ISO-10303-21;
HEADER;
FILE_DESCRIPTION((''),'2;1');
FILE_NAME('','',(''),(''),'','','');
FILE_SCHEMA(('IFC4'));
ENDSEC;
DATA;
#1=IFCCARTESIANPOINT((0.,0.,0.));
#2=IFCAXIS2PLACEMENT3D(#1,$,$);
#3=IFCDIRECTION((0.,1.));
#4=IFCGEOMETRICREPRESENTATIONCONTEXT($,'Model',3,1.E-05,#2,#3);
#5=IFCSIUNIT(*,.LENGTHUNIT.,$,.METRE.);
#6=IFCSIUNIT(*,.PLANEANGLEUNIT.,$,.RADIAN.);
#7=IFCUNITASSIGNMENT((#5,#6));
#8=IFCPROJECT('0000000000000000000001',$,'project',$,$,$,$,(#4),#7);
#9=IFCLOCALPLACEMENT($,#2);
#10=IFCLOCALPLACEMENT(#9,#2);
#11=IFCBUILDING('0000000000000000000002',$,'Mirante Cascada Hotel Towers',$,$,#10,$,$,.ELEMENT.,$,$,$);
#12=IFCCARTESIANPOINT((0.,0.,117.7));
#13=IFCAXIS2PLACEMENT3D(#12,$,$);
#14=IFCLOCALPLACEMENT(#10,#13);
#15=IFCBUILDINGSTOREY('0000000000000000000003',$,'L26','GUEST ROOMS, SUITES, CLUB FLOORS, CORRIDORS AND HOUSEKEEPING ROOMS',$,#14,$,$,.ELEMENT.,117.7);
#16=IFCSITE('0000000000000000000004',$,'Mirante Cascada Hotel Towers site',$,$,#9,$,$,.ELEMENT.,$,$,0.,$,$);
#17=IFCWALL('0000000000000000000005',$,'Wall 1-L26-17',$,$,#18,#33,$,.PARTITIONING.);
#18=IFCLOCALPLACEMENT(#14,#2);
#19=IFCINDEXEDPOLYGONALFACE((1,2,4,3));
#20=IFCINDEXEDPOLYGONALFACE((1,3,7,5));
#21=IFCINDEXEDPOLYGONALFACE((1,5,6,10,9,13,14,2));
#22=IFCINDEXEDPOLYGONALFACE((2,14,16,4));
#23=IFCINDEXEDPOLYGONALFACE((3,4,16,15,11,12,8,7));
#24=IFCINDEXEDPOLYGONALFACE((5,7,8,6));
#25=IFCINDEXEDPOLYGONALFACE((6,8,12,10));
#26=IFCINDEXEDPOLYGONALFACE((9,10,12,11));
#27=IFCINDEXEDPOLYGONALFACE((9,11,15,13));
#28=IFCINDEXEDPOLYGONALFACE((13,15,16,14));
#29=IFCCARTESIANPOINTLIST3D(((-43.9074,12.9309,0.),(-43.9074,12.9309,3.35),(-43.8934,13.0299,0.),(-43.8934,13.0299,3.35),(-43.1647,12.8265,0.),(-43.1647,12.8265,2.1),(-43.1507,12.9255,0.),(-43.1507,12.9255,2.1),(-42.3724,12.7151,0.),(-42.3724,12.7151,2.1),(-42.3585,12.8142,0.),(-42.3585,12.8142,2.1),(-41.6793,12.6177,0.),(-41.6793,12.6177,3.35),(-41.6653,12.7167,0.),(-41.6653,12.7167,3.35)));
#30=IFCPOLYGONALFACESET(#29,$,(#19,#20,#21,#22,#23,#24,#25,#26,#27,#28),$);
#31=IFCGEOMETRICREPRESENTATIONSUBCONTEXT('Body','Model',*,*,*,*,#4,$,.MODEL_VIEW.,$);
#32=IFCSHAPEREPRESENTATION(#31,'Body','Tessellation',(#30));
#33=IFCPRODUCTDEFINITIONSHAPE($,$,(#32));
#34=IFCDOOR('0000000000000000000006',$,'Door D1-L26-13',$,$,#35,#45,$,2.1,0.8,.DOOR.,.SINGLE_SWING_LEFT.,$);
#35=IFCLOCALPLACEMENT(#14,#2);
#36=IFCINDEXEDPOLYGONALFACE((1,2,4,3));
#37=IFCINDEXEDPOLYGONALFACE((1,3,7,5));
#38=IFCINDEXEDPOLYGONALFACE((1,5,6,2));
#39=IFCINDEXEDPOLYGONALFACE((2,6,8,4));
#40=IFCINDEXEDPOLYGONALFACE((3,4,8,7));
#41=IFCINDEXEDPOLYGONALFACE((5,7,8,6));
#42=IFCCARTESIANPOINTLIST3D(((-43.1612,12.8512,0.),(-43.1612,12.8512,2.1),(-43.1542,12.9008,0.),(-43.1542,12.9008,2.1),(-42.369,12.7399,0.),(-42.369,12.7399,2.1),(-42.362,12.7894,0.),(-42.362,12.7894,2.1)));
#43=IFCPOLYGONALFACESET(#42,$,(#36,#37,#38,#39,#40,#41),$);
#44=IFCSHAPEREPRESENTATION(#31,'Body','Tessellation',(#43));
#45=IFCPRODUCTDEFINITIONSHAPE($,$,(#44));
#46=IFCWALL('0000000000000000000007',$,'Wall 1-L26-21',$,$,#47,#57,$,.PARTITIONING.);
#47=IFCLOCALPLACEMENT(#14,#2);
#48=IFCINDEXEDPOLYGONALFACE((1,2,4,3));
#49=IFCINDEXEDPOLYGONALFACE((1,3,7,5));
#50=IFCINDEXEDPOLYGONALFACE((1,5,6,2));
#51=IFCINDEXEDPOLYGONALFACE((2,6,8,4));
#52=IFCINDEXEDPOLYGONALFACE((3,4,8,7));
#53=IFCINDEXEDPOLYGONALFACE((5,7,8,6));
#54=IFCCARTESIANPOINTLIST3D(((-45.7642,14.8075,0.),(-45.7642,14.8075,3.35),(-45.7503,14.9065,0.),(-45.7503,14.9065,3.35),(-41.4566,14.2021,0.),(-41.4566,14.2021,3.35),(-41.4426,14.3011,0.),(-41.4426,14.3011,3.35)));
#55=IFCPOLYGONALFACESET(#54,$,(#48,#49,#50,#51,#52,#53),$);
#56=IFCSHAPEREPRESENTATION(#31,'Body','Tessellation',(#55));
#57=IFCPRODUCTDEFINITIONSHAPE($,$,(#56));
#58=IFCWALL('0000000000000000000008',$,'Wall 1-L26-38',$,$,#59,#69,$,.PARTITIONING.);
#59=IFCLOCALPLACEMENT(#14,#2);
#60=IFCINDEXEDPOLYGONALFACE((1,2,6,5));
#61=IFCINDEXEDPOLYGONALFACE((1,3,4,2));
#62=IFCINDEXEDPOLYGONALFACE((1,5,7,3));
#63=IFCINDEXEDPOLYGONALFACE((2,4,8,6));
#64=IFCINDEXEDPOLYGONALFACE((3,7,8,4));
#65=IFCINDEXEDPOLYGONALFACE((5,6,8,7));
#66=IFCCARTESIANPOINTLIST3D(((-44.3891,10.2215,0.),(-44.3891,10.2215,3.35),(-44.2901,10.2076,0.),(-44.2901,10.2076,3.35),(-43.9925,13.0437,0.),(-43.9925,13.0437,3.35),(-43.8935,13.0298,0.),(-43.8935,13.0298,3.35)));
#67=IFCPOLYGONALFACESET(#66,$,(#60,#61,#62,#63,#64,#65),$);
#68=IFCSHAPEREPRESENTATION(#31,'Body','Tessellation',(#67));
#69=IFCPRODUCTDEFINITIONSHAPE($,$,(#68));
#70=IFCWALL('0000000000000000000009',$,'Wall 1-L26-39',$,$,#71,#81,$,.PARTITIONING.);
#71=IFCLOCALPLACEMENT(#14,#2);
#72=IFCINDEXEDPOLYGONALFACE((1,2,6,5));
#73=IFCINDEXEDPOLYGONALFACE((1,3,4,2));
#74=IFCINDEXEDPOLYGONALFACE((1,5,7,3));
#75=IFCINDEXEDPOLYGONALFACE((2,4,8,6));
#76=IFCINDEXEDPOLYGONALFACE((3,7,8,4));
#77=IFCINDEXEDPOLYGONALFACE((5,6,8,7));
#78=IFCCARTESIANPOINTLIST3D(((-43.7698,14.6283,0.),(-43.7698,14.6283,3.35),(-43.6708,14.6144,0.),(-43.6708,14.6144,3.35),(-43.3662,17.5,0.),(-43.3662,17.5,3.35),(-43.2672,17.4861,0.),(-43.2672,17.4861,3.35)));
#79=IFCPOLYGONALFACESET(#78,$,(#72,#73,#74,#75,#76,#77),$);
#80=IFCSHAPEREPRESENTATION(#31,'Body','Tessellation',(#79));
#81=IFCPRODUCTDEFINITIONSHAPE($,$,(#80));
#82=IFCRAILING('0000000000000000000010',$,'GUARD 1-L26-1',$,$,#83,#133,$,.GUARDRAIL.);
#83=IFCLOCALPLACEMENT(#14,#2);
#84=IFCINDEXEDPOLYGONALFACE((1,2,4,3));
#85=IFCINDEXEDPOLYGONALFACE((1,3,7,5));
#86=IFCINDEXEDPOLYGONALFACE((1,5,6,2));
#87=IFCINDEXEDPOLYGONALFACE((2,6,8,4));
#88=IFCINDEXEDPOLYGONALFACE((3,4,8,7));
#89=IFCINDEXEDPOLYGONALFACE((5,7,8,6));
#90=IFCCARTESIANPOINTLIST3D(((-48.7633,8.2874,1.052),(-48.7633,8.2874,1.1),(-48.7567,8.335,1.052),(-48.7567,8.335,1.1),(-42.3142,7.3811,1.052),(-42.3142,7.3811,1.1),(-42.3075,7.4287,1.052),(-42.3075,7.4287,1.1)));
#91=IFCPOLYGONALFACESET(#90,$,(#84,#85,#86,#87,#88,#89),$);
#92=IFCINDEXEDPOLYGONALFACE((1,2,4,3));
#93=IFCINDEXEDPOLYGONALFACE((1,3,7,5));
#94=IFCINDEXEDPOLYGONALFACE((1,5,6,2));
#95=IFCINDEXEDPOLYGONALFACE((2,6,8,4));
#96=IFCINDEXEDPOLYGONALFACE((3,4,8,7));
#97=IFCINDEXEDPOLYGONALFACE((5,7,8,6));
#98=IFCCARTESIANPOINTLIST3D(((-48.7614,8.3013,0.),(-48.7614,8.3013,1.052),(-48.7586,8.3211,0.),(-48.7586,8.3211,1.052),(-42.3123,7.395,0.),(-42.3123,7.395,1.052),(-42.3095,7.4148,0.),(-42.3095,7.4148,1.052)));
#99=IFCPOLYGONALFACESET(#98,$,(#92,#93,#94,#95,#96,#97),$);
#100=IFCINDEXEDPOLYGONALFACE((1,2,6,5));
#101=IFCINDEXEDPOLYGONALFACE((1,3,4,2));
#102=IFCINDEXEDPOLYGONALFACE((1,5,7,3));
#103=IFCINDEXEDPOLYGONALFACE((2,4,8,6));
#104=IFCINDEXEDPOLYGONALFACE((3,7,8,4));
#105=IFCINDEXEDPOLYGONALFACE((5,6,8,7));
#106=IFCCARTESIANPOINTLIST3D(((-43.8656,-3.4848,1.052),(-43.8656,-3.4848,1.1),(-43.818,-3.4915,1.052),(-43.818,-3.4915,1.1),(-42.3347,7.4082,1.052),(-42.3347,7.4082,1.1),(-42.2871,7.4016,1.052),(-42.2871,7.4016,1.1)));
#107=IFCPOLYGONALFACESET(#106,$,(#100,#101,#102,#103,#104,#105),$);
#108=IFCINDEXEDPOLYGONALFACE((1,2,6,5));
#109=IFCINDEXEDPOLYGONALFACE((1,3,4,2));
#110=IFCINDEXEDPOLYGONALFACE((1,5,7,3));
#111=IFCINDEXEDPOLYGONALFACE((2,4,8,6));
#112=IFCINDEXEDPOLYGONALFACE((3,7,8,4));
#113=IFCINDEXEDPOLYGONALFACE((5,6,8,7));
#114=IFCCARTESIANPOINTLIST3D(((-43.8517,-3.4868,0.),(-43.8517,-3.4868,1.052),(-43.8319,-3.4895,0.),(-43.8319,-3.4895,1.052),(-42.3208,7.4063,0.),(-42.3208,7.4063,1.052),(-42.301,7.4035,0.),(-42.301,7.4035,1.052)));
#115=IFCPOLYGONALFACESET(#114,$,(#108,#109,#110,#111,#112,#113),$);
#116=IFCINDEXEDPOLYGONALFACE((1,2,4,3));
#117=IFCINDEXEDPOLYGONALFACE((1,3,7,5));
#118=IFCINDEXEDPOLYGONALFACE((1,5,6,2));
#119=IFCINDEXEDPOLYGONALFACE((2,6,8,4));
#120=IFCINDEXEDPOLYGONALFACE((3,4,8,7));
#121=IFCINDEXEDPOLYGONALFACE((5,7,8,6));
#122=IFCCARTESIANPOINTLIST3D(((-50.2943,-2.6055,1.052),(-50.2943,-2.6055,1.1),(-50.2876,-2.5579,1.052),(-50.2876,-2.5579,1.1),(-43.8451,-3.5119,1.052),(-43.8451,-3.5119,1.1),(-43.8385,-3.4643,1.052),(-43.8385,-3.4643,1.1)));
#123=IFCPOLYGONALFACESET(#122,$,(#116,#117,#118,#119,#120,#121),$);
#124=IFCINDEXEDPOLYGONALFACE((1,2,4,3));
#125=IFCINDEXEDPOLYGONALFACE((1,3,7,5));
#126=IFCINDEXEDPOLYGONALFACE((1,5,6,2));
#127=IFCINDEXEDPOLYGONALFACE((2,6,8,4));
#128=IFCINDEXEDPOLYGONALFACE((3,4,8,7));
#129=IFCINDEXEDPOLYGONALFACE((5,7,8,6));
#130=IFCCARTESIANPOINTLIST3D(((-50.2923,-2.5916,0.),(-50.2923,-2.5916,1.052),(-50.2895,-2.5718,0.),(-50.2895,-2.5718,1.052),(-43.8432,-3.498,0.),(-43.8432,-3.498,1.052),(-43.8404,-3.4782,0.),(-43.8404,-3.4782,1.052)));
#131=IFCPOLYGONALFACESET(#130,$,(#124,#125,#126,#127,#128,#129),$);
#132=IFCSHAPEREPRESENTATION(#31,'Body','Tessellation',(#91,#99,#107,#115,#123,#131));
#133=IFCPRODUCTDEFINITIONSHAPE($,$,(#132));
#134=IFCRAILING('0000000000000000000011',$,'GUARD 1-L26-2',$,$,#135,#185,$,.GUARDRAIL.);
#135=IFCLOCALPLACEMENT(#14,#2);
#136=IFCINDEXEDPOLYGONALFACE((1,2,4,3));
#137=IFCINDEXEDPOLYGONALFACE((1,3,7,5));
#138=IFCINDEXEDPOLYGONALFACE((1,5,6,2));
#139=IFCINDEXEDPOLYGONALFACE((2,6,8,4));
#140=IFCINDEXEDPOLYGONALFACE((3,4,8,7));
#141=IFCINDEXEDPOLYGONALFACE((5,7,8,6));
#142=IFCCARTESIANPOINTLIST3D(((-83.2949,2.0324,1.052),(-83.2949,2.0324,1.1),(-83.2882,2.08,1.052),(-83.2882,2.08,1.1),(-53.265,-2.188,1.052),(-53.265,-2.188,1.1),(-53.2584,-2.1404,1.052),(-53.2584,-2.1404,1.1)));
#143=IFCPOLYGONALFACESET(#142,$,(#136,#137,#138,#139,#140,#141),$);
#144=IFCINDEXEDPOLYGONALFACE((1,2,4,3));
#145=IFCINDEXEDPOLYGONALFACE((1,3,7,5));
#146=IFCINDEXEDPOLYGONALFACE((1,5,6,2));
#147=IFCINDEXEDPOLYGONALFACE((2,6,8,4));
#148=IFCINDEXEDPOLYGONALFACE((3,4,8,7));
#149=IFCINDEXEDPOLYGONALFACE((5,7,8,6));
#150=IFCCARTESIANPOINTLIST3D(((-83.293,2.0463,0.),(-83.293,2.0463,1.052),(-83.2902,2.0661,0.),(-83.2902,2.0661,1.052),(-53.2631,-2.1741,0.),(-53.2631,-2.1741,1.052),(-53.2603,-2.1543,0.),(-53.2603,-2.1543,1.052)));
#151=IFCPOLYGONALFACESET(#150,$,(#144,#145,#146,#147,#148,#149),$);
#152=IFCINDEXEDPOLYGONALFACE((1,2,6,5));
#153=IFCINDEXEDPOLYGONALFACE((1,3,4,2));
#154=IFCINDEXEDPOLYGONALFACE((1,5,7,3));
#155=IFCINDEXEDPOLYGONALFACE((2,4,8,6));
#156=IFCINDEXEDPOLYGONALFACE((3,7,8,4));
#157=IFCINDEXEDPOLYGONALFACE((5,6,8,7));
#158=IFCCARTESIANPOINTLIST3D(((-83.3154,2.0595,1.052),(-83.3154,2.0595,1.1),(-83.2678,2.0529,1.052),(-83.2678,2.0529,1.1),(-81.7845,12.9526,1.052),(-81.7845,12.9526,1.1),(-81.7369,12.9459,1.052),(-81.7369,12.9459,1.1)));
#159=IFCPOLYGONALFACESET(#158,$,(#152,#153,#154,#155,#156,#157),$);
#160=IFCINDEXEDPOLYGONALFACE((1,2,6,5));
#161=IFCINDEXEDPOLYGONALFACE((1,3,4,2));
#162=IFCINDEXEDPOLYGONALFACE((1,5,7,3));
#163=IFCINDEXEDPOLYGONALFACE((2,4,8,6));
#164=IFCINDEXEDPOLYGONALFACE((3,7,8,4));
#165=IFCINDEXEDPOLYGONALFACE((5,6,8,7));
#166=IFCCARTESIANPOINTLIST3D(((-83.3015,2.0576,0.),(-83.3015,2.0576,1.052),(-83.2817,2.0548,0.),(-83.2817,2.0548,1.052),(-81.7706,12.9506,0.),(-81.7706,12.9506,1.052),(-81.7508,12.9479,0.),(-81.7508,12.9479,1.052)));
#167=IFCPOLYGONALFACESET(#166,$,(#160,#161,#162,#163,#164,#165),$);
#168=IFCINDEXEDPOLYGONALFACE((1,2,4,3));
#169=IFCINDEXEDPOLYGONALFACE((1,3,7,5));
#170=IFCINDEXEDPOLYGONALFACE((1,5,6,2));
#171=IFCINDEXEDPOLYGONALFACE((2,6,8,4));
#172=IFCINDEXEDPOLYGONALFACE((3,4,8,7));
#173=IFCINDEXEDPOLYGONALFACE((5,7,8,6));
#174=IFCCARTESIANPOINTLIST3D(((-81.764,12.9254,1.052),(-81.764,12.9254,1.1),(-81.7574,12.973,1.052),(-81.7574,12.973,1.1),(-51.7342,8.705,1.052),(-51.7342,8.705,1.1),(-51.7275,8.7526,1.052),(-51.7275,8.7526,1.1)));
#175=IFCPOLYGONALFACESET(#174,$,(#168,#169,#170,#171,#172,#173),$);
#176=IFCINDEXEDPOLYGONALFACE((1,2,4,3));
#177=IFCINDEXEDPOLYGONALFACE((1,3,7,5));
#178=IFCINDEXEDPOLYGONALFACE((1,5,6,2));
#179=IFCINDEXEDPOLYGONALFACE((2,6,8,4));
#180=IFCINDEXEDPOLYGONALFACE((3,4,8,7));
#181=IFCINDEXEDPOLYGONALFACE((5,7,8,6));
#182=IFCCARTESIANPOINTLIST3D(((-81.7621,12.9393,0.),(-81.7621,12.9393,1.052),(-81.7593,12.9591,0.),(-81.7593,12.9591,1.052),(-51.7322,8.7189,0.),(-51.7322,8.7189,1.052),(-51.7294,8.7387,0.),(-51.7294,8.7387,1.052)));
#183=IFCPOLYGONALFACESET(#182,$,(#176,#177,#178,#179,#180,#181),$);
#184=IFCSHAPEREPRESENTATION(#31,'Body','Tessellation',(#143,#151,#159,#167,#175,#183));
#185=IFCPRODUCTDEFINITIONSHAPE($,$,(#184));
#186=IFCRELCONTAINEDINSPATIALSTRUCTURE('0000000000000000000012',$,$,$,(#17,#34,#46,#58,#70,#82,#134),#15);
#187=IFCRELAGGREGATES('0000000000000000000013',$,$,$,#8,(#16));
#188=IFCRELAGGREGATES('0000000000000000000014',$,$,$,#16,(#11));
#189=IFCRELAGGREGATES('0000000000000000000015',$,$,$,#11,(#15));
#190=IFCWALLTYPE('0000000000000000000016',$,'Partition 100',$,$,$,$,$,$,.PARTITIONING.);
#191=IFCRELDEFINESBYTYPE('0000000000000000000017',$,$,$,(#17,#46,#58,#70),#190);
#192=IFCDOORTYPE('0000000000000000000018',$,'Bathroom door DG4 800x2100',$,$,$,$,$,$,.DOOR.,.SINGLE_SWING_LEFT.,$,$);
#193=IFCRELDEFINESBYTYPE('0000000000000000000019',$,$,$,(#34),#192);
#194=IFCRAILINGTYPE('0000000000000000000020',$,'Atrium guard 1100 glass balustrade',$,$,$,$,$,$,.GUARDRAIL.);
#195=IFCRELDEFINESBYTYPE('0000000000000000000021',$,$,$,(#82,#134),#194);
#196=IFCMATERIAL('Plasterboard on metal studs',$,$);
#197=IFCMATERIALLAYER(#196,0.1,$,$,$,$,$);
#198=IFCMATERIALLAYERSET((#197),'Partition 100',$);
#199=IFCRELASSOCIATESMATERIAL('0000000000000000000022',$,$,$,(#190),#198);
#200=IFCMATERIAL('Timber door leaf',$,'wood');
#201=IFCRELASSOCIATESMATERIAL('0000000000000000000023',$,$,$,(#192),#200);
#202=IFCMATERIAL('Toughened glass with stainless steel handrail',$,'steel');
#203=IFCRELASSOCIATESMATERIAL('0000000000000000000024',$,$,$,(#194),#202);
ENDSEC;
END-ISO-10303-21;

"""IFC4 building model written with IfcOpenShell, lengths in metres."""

from ifc_helpers import new_model, si_unit, direction, frame, frame_2d, origin, origin_2d, place, context, subcontext, project, spatial, rectangle, extrude, material, layer, layer_set, type_object, element, fill, save


model = new_model("IFC4")

# Units and contexts
model_context = context("Model", 3, precision=1e-05, world=origin(), true_north=direction((0.0, 1.0)))
body_context = subcontext(model_context, "Body", "Model", "MODEL_VIEW")
ifc_project = project(units=[si_unit("LENGTHUNIT", "METRE"), si_unit("PLANEANGLEUNIT", "RADIAN")], contexts=[model_context])

# Site, building, storey
site_placement = place(None, origin())
site = spatial("IfcSite", under=ifc_project, at=site_placement, Name="Mirante Cascada Hotel Towers site", CompositionType="ELEMENT", RefElevation=0.0)
building_placement = place(site_placement, origin())
building = spatial("IfcBuilding", under=site, at=building_placement, Name="Mirante Cascada Hotel Towers", CompositionType="ELEMENT")
storey_placement = place(building_placement, frame((0.0, 0.0, 117.7)))
storey = spatial("IfcBuildingStorey", under=building, at=storey_placement, Name="L26", Description="GUEST ROOMS, SUITES, CLUB FLOORS, CORRIDORS AND HOUSEKEEPING ROOMS", CompositionType="ELEMENT", Elevation=117.7)

# Shared definitions
ifc_material_1 = material(Name="Plasterboard on metal studs")
ifc_layer_1 = layer(ifc_material_1, 0.1)
ifc_layer_set_1 = layer_set([ifc_layer_1], Name="Partition 100")
wall_type_1 = type_object("IfcWallType", Name="Partition 100", PredefinedType="PARTITIONING", material=ifc_layer_set_1)

# Wall, opening, door
wall_1_placement = place(storey_placement, frame((-41.6723, 12.6672, 0.0), z_axis=(0.0, 0.0, 1.0), x_axis=(-0.990264, 0.1392, 0.0)))
wall_1 = element("IfcWall", 1, at=wall_1_placement, inside=storey, type_object=wall_type_1, Name="Wall 1-L26-17", PredefinedType="PARTITIONING", context=body_context, shape_type="SweptSolid", body=[
    extrude(rectangle(XDim=2.25, YDim=0.1, at=frame_2d((1.125, 0.0))), origin(), (0.0, 0.0, 1.0), 3.35),
])
opening_1_placement = place(wall_1_placement, frame((0.7, 0.0, 0.0)))
opening_1 = element("IfcOpeningElement", 2, at=opening_1_placement, cuts=wall_1, PredefinedType="OPENING", context=body_context, shape_type="SweptSolid", body=[
    extrude(rectangle(XDim=0.8, YDim=2.1, at=frame_2d((0.4, 1.05))), frame((0.0, 0.05, 0.0), z_axis=(0.0, -1.0, 0.0), x_axis=(1.0, 0.0, 0.0)), (0.0, 0.0, 1.0), 0.1),
])
ifc_material_2 = material(Name="Timber door leaf", Category="wood")
door_type_1 = type_object("IfcDoorType", Name="Bathroom door DG4 800x2100", OperationType="SINGLE_SWING_LEFT", PredefinedType="DOOR", material=ifc_material_2)
door_1_placement = place(opening_1_placement, origin())
door_1 = element("IfcDoor", 3, at=door_1_placement, inside=storey, type_object=door_type_1, Name="Door D1-L26-13", OperationType="SINGLE_SWING_LEFT", OverallHeight=2.1, OverallWidth=0.8, PredefinedType="DOOR", context=body_context, shape_type="SweptSolid", body=[
    extrude(rectangle(XDim=0.8, YDim=2.1, at=frame_2d((0.4, 1.05))), frame((0.0, 0.025, 0.0), z_axis=(0.0, -1.0, 0.0), x_axis=(1.0, 0.0, 0.0)), (0.0, 0.0, 1.0), 0.05),
])
fill(opening_1, door_1)

# Walls
wall_2_placement = place(storey_placement, frame((-41.4496, 14.2516, 0.0), z_axis=(0.0, 0.0, 1.0), x_axis=(-0.990268, 0.139171, 0.0)))
element("IfcWall", 4, at=wall_2_placement, inside=storey, type_object=wall_type_1, Name="Wall 1-L26-21", PredefinedType="PARTITIONING", context=body_context, shape_type="SweptSolid", body=[
    extrude(rectangle(XDim=4.35, YDim=0.1, at=frame_2d((2.175, 0.0))), origin(), (0.0, 0.0, 1.0), 3.35),
])
wall_3_placement = place(storey_placement, frame((-43.943, 13.0368, 0.0), z_axis=(0.0, 0.0, 1.0), x_axis=(-0.139161, -0.99027, 0.0)))
element("IfcWall", 5, at=wall_3_placement, inside=storey, type_object=wall_type_1, Name="Wall 1-L26-38", PredefinedType="PARTITIONING", context=body_context, shape_type="SweptSolid", body=[
    extrude(rectangle(XDim=2.8499, YDim=0.1, at=frame_2d((1.425, 0.0))), origin(), (0.0, 0.0, 1.0), 3.35),
])
wall_4_placement = place(storey_placement, frame((-43.7203, 14.6213, 0.0), z_axis=(0.0, 0.0, 1.0), x_axis=(0.139176, 0.990268, 0.0)))
element("IfcWall", 6, at=wall_4_placement, inside=storey, type_object=wall_type_1, Name="Wall 1-L26-39", PredefinedType="PARTITIONING", context=body_context, shape_type="SweptSolid", body=[
    extrude(rectangle(XDim=2.8999, YDim=0.1, at=frame_2d((1.45, 0.0))), origin(), (0.0, 0.0, 1.0), 3.35),
])

# Railings
ifc_material_3 = material(Name="Toughened glass with stainless steel handrail", Category="steel")
railing_type = type_object("IfcRailingType", Name="Atrium guard 1100 glass balustrade", PredefinedType="GUARDRAIL", material=ifc_material_3)
railing_1_placement = place(storey_placement, frame((-48.76, 8.3112, 0.0)))
element("IfcRailing", 7, at=railing_1_placement, inside=storey, type_object=railing_type, Name="GUARD 1-L26-1", PredefinedType="GUARDRAIL", context=body_context, shape_type="SweptSolid", body=[
    extrude(rectangle(XDim=0.048, YDim=0.048, at=origin_2d()), frame((0.0, 0.0, 1.076), z_axis=(0.990269, -0.139164, 0.0), x_axis=(0.139164, 0.990269, 0.0)), (0.0, 0.0, 1.0), 6.5125),
    extrude(rectangle(XDim=0.02, YDim=1.052, at=origin_2d()), frame((0.0, 0.0, 0.526), z_axis=(0.990269, -0.139164, 0.0), x_axis=(0.139164, 0.990269, 0.0)), (0.0, 0.0, 1.0), 6.5125),
    extrude(rectangle(XDim=0.048, YDim=0.048, at=origin_2d()), frame((6.4491, -0.9063, 1.076), z_axis=(-0.139172, -0.990268, 0.0), x_axis=(0.990268, -0.139172, 0.0)), (0.0, 0.0, 1.0), 11.0001),
    extrude(rectangle(XDim=0.02, YDim=1.052, at=origin_2d()), frame((6.4491, -0.9063, 0.526), z_axis=(-0.139172, -0.990268, 0.0), x_axis=(0.990268, -0.139172, 0.0)), (0.0, 0.0, 1.0), 11.0001),
    extrude(rectangle(XDim=0.048, YDim=0.048, at=origin_2d()), frame((4.9182, -11.7993, 1.076), z_axis=(-0.990267, 0.139179, 0.0), x_axis=(-0.139179, -0.990267, 0.0)), (0.0, 0.0, 1.0), 6.5125),
    extrude(rectangle(XDim=0.02, YDim=1.052, at=origin_2d()), frame((4.9182, -11.7993, 0.526), z_axis=(-0.990267, 0.139179, 0.0), x_axis=(-0.139179, -0.990267, 0.0)), (0.0, 0.0, 1.0), 6.5125),
])
railing_2_placement = place(storey_placement, frame((-53.2617, -2.1642, 0.0)))
element("IfcRailing", 8, at=railing_2_placement, inside=storey, type_object=railing_type, Name="GUARD 1-L26-2", PredefinedType="GUARDRAIL", context=body_context, shape_type="SweptSolid", body=[
    extrude(rectangle(XDim=0.048, YDim=0.048, at=origin_2d()), frame((0.0, 0.0, 1.076), z_axis=(-0.990268, 0.139172, 0.0), x_axis=(-0.139172, -0.990268, 0.0)), (0.0, 0.0, 1.0), 30.325),
    extrude(rectangle(XDim=0.02, YDim=1.052, at=origin_2d()), frame((0.0, 0.0, 0.526), z_axis=(-0.990268, 0.139172, 0.0), x_axis=(-0.139172, -0.990268, 0.0)), (0.0, 0.0, 1.0), 30.325),
    extrude(rectangle(XDim=0.048, YDim=0.048, at=origin_2d()), frame((-30.0299, 4.2204, 1.076), z_axis=(0.139172, 0.990268, 0.0), x_axis=(-0.990268, 0.139172, 0.0)), (0.0, 0.0, 1.0), 11.0001),
    extrude(rectangle(XDim=0.02, YDim=1.052, at=origin_2d()), frame((-30.0299, 4.2204, 0.526), z_axis=(0.139172, 0.990268, 0.0), x_axis=(-0.990268, 0.139172, 0.0)), (0.0, 0.0, 1.0), 11.0001),
    extrude(rectangle(XDim=0.048, YDim=0.048, at=origin_2d()), frame((-28.499, 15.1134, 1.076), z_axis=(0.990268, -0.139172, 0.0), x_axis=(0.139172, 0.990268, 0.0)), (0.0, 0.0, 1.0), 30.325),
    extrude(rectangle(XDim=0.02, YDim=1.052, at=origin_2d()), frame((-28.499, 15.1134, 0.526), z_axis=(0.990268, -0.139172, 0.0), x_axis=(0.139172, 0.990268, 0.0)), (0.0, 0.0, 1.0), 30.325),
])

save(model, "model.ifc")
